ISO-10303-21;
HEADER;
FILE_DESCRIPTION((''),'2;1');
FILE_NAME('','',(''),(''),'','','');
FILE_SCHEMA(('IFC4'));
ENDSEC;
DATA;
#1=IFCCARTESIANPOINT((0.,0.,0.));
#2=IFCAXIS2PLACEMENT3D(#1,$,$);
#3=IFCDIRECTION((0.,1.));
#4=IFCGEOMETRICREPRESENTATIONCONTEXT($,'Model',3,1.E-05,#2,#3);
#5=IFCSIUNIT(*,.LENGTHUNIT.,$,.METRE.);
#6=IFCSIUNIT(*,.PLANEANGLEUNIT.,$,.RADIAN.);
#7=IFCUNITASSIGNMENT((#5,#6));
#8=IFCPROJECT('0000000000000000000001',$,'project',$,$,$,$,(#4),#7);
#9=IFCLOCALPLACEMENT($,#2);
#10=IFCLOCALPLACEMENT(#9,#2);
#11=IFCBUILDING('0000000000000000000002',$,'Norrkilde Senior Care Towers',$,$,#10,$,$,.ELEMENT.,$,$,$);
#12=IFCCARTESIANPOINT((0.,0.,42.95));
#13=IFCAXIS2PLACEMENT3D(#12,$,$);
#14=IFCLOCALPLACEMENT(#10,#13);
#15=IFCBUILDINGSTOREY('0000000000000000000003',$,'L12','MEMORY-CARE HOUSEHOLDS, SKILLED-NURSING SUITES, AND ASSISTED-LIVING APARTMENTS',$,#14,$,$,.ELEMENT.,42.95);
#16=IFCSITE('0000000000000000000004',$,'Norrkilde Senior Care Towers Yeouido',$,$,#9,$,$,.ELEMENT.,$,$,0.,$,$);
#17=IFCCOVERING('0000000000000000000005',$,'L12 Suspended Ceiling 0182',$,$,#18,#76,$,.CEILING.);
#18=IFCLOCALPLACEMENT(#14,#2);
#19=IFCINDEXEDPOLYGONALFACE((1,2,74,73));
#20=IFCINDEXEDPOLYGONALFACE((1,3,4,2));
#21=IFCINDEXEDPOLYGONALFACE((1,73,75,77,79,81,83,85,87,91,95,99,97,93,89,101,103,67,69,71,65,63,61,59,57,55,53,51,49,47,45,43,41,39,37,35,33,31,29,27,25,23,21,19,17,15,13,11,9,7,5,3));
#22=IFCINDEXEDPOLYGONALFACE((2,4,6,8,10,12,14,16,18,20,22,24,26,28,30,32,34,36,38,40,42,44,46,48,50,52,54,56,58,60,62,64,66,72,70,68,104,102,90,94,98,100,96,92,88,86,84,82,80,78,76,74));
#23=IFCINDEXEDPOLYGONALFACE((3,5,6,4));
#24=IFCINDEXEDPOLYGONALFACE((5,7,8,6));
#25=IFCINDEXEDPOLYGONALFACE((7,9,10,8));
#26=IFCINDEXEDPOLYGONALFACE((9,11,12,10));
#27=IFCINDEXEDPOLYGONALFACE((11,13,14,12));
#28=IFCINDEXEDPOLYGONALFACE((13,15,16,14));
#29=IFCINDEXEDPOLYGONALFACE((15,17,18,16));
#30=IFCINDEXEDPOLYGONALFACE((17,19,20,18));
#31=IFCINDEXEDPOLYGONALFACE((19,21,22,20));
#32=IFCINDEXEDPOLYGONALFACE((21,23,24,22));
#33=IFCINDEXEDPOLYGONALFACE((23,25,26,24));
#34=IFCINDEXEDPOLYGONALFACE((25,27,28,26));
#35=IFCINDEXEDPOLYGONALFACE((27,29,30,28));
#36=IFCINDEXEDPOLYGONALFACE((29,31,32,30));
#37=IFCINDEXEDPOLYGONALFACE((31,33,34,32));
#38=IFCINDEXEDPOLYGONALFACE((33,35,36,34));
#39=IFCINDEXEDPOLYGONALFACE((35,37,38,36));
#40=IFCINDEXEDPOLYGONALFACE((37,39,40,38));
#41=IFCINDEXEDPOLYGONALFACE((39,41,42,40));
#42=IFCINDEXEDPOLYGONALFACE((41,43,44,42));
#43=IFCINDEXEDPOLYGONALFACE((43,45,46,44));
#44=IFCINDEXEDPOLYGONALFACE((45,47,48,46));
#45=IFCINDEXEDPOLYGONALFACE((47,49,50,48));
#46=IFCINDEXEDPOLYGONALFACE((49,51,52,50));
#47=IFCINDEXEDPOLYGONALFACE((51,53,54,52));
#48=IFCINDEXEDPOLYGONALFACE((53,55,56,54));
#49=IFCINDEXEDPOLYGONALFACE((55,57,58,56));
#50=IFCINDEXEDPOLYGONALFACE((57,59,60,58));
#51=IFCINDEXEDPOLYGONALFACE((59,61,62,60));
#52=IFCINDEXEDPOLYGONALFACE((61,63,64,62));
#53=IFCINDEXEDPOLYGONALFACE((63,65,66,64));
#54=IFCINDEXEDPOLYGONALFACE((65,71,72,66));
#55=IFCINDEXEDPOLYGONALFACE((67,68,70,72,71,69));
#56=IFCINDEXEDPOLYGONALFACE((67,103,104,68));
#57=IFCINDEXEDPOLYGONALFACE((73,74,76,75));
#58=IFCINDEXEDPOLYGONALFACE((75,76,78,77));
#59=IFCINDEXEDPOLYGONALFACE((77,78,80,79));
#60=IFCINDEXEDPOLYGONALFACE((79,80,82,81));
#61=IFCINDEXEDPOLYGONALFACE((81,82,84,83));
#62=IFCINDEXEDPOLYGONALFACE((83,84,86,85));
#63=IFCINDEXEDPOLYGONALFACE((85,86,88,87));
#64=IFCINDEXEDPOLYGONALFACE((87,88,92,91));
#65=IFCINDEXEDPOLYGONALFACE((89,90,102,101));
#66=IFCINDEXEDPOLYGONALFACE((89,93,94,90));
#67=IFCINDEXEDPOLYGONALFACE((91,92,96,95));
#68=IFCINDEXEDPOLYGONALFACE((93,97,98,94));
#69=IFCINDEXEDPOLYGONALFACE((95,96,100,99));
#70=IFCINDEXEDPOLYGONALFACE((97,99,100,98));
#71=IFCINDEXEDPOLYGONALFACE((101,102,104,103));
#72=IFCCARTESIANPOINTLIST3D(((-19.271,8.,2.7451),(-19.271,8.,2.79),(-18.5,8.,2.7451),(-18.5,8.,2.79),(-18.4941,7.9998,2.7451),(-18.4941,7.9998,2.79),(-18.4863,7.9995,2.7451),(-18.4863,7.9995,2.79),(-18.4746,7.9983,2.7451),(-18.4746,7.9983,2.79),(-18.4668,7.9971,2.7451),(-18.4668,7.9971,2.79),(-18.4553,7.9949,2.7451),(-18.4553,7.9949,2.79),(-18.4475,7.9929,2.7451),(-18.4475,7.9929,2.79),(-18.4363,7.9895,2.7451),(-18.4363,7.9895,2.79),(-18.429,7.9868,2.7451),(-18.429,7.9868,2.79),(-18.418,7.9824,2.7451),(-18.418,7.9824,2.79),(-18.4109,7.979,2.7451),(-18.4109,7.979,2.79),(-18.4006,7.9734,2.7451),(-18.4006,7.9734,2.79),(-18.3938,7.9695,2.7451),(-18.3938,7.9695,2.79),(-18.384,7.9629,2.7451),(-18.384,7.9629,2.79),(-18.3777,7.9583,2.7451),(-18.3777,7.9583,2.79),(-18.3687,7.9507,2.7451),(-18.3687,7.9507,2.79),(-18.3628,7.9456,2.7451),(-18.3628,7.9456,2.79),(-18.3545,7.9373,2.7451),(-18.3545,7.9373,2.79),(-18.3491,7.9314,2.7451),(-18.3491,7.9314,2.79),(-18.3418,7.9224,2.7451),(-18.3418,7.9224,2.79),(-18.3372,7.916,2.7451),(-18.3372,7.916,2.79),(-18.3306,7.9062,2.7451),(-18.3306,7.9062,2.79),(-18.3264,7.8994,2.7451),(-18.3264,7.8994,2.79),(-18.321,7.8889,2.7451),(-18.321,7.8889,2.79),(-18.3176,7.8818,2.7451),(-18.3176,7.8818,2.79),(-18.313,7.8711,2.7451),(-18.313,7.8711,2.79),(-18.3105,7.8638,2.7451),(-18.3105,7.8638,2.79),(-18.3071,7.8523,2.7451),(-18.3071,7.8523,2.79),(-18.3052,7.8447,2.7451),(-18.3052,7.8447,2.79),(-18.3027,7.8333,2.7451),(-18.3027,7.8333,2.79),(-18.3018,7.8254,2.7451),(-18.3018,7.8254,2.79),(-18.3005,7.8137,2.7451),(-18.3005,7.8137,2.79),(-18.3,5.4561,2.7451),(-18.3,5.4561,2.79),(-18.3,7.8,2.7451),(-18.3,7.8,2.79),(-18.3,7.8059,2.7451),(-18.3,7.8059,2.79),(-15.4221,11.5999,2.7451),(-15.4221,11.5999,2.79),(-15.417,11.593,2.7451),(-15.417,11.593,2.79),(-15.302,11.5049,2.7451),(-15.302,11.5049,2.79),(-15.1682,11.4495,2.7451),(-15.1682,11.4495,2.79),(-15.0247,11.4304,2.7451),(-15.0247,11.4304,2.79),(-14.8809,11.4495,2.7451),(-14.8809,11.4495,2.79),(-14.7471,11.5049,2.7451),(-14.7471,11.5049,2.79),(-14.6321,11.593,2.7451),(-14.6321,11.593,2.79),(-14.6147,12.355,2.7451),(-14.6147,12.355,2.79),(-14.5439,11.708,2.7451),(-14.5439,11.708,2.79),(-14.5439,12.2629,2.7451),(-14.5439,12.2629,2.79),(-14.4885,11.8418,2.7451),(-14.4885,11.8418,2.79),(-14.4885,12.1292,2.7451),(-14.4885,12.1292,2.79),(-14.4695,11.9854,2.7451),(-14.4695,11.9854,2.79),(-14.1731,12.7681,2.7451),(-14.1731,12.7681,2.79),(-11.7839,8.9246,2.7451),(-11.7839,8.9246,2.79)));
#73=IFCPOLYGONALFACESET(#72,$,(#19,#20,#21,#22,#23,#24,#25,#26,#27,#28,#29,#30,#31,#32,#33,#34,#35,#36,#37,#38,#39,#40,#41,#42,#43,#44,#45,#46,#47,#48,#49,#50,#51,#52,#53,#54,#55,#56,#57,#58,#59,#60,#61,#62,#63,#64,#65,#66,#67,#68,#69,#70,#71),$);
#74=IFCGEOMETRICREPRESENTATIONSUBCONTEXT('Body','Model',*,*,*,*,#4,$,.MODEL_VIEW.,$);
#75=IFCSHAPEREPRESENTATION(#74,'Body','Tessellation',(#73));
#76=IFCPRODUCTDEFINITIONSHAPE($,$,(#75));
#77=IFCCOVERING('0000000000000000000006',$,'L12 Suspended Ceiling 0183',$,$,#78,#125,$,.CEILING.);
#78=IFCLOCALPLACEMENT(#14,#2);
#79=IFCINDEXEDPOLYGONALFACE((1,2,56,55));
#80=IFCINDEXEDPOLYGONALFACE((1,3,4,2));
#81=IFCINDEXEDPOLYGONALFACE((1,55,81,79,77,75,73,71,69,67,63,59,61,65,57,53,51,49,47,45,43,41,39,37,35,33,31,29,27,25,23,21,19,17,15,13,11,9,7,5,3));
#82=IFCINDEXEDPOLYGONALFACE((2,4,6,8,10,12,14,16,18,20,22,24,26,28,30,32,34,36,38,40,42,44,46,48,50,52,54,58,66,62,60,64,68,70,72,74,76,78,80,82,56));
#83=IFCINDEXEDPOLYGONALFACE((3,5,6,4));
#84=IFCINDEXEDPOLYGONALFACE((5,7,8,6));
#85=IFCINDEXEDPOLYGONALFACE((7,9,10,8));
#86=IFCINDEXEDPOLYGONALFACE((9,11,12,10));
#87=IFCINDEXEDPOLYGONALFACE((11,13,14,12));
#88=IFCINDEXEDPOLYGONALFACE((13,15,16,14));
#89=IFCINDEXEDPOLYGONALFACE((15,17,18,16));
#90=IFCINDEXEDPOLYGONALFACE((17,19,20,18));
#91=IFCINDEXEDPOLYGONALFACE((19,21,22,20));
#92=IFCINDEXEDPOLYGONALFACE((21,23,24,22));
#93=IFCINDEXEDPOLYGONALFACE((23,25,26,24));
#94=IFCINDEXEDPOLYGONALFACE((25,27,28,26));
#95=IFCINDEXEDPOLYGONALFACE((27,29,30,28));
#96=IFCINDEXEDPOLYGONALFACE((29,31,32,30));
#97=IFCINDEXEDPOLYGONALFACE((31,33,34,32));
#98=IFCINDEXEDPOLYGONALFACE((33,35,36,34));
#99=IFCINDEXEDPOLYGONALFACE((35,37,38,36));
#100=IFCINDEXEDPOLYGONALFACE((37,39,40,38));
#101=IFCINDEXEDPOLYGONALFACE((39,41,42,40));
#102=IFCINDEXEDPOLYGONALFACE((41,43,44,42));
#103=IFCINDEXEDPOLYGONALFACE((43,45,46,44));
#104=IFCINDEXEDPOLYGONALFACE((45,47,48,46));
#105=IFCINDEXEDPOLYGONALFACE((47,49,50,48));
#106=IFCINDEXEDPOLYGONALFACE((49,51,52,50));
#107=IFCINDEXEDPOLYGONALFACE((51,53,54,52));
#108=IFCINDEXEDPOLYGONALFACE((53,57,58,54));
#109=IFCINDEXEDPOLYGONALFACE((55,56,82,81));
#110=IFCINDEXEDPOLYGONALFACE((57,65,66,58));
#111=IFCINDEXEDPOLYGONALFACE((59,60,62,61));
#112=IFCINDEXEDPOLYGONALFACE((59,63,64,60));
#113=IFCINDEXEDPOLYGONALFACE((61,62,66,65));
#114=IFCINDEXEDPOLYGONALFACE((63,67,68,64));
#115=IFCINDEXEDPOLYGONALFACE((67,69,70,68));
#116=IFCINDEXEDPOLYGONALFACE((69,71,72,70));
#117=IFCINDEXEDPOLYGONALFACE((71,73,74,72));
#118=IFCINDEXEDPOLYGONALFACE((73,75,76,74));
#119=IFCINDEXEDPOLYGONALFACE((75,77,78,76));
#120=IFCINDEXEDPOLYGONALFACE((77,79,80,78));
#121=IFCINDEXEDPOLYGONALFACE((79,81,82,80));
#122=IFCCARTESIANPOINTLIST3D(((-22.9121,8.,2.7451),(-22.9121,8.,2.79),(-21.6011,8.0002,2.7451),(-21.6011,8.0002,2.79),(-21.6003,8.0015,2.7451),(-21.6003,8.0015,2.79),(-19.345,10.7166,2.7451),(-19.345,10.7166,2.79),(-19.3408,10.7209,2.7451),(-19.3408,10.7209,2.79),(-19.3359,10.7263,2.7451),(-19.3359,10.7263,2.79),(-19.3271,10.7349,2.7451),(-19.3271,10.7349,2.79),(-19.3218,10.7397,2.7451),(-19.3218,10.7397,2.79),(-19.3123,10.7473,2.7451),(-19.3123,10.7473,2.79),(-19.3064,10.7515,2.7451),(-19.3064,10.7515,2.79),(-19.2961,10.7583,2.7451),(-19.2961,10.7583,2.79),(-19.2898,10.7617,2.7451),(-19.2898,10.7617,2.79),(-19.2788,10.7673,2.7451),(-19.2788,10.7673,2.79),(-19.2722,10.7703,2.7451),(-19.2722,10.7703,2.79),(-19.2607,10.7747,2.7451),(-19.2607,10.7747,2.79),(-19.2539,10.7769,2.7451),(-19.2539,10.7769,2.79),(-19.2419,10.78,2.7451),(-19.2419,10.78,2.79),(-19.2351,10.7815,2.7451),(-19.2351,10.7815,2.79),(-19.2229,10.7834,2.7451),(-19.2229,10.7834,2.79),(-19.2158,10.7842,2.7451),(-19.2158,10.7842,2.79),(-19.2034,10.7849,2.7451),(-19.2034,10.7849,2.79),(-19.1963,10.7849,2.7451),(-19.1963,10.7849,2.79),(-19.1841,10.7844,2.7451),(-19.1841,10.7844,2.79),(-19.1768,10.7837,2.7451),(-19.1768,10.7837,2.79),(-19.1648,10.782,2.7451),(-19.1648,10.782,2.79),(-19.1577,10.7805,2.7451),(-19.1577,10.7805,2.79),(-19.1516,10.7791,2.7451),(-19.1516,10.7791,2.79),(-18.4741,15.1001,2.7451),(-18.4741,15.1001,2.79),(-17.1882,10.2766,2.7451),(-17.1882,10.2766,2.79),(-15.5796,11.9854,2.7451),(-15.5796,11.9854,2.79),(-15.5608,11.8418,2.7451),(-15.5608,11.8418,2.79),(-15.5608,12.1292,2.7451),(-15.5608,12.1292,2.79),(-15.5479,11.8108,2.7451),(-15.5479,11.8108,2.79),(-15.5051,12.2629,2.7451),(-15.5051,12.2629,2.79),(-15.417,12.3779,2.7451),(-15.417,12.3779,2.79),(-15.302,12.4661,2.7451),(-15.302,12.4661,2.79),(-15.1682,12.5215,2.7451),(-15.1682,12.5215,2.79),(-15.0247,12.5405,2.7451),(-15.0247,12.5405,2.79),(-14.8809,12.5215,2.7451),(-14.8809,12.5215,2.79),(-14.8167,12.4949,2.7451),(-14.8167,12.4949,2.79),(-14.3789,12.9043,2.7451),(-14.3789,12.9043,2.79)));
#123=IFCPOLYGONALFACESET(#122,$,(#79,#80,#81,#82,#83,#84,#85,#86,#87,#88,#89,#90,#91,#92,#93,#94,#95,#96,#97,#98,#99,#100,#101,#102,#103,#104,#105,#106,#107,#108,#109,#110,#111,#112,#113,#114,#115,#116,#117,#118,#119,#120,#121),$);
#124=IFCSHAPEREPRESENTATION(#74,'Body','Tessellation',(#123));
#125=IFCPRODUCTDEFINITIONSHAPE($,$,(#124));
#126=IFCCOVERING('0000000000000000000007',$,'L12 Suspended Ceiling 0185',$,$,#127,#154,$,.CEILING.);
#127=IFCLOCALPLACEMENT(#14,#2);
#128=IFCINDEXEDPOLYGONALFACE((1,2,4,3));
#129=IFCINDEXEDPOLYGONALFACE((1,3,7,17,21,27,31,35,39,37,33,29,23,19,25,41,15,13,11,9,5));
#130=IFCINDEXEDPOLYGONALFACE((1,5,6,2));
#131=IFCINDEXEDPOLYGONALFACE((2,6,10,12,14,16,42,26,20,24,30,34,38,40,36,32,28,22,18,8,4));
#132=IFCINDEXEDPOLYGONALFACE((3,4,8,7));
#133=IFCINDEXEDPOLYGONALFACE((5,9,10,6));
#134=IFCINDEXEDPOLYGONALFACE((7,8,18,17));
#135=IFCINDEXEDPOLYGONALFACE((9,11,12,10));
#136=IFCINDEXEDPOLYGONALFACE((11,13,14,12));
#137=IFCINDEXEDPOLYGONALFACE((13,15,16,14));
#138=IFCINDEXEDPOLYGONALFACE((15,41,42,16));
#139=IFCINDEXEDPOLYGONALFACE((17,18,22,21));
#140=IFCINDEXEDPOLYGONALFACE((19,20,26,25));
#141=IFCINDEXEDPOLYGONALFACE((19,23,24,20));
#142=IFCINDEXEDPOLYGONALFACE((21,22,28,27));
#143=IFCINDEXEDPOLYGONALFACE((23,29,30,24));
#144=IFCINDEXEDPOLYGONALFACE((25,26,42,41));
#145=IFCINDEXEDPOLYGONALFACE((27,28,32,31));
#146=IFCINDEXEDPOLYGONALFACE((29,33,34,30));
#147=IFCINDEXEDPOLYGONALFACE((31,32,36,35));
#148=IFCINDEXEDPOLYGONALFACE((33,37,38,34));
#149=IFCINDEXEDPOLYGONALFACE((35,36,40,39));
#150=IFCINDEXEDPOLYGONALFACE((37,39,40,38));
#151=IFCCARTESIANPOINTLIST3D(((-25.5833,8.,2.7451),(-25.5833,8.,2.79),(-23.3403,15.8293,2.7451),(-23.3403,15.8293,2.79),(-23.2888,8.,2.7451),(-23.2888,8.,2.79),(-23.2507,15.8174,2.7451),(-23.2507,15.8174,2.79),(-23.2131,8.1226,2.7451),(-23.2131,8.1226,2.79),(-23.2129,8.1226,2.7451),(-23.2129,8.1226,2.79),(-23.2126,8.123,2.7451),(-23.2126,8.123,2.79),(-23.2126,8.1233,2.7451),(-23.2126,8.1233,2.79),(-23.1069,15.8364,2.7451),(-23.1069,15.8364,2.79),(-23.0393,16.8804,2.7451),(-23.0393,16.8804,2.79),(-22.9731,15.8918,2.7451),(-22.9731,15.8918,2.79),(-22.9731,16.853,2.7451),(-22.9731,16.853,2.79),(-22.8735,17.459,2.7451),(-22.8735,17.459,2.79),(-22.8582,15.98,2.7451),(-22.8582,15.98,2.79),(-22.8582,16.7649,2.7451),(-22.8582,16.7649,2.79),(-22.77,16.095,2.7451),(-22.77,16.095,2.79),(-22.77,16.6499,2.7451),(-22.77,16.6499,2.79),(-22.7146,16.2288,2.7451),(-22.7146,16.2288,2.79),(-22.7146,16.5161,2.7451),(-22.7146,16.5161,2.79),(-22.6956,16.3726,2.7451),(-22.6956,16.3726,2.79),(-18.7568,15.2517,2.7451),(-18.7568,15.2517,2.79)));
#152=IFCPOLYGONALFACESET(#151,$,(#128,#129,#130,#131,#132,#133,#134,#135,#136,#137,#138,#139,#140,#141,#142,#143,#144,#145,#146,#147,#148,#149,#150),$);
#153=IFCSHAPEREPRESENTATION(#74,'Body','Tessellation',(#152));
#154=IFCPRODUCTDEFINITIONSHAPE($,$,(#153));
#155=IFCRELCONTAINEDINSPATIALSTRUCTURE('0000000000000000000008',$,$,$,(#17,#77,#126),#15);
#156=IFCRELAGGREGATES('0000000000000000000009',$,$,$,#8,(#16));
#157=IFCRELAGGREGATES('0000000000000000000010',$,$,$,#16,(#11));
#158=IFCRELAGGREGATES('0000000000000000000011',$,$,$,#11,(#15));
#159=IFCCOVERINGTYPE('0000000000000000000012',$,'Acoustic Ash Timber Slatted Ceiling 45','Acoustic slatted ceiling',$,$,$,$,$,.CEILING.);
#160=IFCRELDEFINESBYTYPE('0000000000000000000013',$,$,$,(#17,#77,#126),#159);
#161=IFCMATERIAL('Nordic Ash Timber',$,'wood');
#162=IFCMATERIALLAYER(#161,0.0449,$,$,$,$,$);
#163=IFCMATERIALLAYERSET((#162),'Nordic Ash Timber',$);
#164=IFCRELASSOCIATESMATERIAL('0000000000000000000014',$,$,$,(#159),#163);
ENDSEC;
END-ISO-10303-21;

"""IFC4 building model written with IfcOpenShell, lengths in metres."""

from ifc_helpers import new_model, si_unit, direction, frame, origin, place, context, subcontext, project, spatial, polyline, outline, extrude, material, layer, layer_set, type_object, element, save


model = new_model("IFC4")

# Units and contexts
model_context = context("Model", 3, precision=1e-05, world=origin(), true_north=direction((0.0, 1.0)))
body_context = subcontext(model_context, "Body", "Model", "MODEL_VIEW")
ifc_project = project(units=[si_unit("LENGTHUNIT", "METRE"), si_unit("PLANEANGLEUNIT", "RADIAN")], contexts=[model_context])

# Site, building, storey
site_placement = place(None, origin())
site = spatial("IfcSite", under=ifc_project, at=site_placement, Name="Norrkilde Senior Care Towers Yeouido", CompositionType="ELEMENT", RefElevation=0.0)
building_placement = place(site_placement, origin())
building = spatial("IfcBuilding", under=site, at=building_placement, Name="Norrkilde Senior Care Towers", CompositionType="ELEMENT")
storey_placement = place(building_placement, frame((0.0, 0.0, 42.95)))
storey = spatial("IfcBuildingStorey", under=building, at=storey_placement, Name="L12", Description="MEMORY-CARE HOUSEHOLDS, SKILLED-NURSING SUITES, AND ASSISTED-LIVING APARTMENTS", CompositionType="ELEMENT", Elevation=42.95)

# Coverings
ifc_material_1 = material(Name="Nordic Ash Timber", Category="wood")
ifc_layer_1 = layer(ifc_material_1, 0.0449)
ifc_layer_set_1 = layer_set([ifc_layer_1], Name="Nordic Ash Timber")
covering_type_1 = type_object("IfcCoveringType", Name="Acoustic Ash Timber Slatted Ceiling 45", Description="Acoustic slatted ceiling", PredefinedType="CEILING", material=ifc_layer_set_1)
covering_1_placement = place(storey_placement, frame((0.0, 0.0, 2.7451)))
element("IfcCovering", 1, at=covering_1_placement, inside=storey, type_object=covering_type_1, Name="L12 Suspended Ceiling 0182", PredefinedType="CEILING", context=body_context, shape_type="SweptSolid", body=[
    extrude(outline(polyline([(-18.3052, 7.8447), (-18.3071, 7.8523), (-18.3105, 7.8638), (-18.313, 7.8711), (-18.3176, 7.8818), (-18.321, 7.8889), (-18.3264, 7.8994), (-18.3306, 7.9062), (-18.3372, 7.916), (-18.3418, 7.9224), (-18.3491, 7.9314), (-18.3545, 7.9373), (-18.3628, 7.9456), (-18.3687, 7.9507), (-18.3777, 7.9583), (-18.384, 7.9629), (-18.3938, 7.9695), (-18.4006, 7.9734), (-18.4109, 7.979), (-18.418, 7.9824), (-18.429, 7.9868), (-18.4363, 7.9895), (-18.4475, 7.9929), (-18.4553, 7.9949), (-18.4668, 7.9971), (-18.4746, 7.9983), (-18.4863, 7.9995), (-18.4941, 7.9998), (-18.5, 8.0), (-19.271, 8.0), (-15.4221, 11.5999), (-15.417, 11.593), (-15.302, 11.5049), (-15.1682, 11.4495), (-15.0247, 11.4304), (-14.8809, 11.4495), (-14.7471, 11.5049), (-14.6321, 11.593), (-14.5439, 11.708), (-14.4885, 11.8418), (-14.4695, 11.9854), (-14.4885, 12.1292), (-14.5439, 12.2629), (-14.6147, 12.355), (-14.1731, 12.7681), (-11.7839, 8.9246), (-18.3, 5.4561), (-18.3, 7.8), (-18.3, 7.8059), (-18.3005, 7.8137), (-18.3018, 7.8254), (-18.3027, 7.8333), (-18.3052, 7.8447)])), origin(), (0.0, 0.0, 1.0), 0.0449),
])
covering_2_placement = place(storey_placement, frame((0.0, 0.0, 2.7451)))
element("IfcCovering", 2, at=covering_2_placement, inside=storey, type_object=covering_type_1, Name="L12 Suspended Ceiling 0183", PredefinedType="CEILING", context=body_context, shape_type="SweptSolid", body=[
    extrude(outline(polyline([(-19.1648, 10.782), (-19.1768, 10.7837), (-19.1841, 10.7844), (-19.1963, 10.7849), (-19.2034, 10.7849), (-19.2158, 10.7842), (-19.2229, 10.7834), (-19.2351, 10.7815), (-19.2419, 10.78), (-19.2539, 10.7769), (-19.2607, 10.7747), (-19.2722, 10.7703), (-19.2788, 10.7673), (-19.2898, 10.7617), (-19.2961, 10.7583), (-19.3064, 10.7515), (-19.3123, 10.7473), (-19.3218, 10.7397), (-19.3271, 10.7349), (-19.3359, 10.7263), (-19.3408, 10.7209), (-19.345, 10.7166), (-21.6003, 8.0015), (-21.6011, 8.0002), (-22.9121, 8.0), (-18.4741, 15.1001), (-14.3789, 12.9043), (-14.8167, 12.4949), (-14.8809, 12.5215), (-15.0247, 12.5405), (-15.1682, 12.5215), (-15.302, 12.4661), (-15.417, 12.3779), (-15.5051, 12.2629), (-15.5608, 12.1292), (-15.5796, 11.9854), (-15.5608, 11.8418), (-15.5479, 11.8108), (-17.1882, 10.2766), (-19.1516, 10.7791), (-19.1577, 10.7805), (-19.1648, 10.782)])), origin(), (0.0, 0.0, 1.0), 0.0449),
])
covering_3_placement = place(storey_placement, frame((0.0, 0.0, 2.7451)))
element("IfcCovering", 3, at=covering_3_placement, inside=storey, type_object=covering_type_1, Name="L12 Suspended Ceiling 0185", PredefinedType="CEILING", context=body_context, shape_type="SweptSolid", body=[
    extrude(outline(polyline([(-23.2131, 8.1226), (-23.2888, 8.0), (-25.5833, 8.0), (-23.3403, 15.8293), (-23.2507, 15.8174), (-23.1069, 15.8364), (-22.9731, 15.8918), (-22.8582, 15.98), (-22.77, 16.095), (-22.7146, 16.2288), (-22.6956, 16.3726), (-22.7146, 16.5161), (-22.77, 16.6499), (-22.8582, 16.7649), (-22.9731, 16.853), (-23.0393, 16.8804), (-22.8735, 17.459), (-18.7568, 15.2517), (-23.2126, 8.1233), (-23.2126, 8.123), (-23.2129, 8.1226), (-23.2131, 8.1226)])), origin(), (0.0, 0.0, 1.0), 0.0449),
])

save(model, "model.ifc")
